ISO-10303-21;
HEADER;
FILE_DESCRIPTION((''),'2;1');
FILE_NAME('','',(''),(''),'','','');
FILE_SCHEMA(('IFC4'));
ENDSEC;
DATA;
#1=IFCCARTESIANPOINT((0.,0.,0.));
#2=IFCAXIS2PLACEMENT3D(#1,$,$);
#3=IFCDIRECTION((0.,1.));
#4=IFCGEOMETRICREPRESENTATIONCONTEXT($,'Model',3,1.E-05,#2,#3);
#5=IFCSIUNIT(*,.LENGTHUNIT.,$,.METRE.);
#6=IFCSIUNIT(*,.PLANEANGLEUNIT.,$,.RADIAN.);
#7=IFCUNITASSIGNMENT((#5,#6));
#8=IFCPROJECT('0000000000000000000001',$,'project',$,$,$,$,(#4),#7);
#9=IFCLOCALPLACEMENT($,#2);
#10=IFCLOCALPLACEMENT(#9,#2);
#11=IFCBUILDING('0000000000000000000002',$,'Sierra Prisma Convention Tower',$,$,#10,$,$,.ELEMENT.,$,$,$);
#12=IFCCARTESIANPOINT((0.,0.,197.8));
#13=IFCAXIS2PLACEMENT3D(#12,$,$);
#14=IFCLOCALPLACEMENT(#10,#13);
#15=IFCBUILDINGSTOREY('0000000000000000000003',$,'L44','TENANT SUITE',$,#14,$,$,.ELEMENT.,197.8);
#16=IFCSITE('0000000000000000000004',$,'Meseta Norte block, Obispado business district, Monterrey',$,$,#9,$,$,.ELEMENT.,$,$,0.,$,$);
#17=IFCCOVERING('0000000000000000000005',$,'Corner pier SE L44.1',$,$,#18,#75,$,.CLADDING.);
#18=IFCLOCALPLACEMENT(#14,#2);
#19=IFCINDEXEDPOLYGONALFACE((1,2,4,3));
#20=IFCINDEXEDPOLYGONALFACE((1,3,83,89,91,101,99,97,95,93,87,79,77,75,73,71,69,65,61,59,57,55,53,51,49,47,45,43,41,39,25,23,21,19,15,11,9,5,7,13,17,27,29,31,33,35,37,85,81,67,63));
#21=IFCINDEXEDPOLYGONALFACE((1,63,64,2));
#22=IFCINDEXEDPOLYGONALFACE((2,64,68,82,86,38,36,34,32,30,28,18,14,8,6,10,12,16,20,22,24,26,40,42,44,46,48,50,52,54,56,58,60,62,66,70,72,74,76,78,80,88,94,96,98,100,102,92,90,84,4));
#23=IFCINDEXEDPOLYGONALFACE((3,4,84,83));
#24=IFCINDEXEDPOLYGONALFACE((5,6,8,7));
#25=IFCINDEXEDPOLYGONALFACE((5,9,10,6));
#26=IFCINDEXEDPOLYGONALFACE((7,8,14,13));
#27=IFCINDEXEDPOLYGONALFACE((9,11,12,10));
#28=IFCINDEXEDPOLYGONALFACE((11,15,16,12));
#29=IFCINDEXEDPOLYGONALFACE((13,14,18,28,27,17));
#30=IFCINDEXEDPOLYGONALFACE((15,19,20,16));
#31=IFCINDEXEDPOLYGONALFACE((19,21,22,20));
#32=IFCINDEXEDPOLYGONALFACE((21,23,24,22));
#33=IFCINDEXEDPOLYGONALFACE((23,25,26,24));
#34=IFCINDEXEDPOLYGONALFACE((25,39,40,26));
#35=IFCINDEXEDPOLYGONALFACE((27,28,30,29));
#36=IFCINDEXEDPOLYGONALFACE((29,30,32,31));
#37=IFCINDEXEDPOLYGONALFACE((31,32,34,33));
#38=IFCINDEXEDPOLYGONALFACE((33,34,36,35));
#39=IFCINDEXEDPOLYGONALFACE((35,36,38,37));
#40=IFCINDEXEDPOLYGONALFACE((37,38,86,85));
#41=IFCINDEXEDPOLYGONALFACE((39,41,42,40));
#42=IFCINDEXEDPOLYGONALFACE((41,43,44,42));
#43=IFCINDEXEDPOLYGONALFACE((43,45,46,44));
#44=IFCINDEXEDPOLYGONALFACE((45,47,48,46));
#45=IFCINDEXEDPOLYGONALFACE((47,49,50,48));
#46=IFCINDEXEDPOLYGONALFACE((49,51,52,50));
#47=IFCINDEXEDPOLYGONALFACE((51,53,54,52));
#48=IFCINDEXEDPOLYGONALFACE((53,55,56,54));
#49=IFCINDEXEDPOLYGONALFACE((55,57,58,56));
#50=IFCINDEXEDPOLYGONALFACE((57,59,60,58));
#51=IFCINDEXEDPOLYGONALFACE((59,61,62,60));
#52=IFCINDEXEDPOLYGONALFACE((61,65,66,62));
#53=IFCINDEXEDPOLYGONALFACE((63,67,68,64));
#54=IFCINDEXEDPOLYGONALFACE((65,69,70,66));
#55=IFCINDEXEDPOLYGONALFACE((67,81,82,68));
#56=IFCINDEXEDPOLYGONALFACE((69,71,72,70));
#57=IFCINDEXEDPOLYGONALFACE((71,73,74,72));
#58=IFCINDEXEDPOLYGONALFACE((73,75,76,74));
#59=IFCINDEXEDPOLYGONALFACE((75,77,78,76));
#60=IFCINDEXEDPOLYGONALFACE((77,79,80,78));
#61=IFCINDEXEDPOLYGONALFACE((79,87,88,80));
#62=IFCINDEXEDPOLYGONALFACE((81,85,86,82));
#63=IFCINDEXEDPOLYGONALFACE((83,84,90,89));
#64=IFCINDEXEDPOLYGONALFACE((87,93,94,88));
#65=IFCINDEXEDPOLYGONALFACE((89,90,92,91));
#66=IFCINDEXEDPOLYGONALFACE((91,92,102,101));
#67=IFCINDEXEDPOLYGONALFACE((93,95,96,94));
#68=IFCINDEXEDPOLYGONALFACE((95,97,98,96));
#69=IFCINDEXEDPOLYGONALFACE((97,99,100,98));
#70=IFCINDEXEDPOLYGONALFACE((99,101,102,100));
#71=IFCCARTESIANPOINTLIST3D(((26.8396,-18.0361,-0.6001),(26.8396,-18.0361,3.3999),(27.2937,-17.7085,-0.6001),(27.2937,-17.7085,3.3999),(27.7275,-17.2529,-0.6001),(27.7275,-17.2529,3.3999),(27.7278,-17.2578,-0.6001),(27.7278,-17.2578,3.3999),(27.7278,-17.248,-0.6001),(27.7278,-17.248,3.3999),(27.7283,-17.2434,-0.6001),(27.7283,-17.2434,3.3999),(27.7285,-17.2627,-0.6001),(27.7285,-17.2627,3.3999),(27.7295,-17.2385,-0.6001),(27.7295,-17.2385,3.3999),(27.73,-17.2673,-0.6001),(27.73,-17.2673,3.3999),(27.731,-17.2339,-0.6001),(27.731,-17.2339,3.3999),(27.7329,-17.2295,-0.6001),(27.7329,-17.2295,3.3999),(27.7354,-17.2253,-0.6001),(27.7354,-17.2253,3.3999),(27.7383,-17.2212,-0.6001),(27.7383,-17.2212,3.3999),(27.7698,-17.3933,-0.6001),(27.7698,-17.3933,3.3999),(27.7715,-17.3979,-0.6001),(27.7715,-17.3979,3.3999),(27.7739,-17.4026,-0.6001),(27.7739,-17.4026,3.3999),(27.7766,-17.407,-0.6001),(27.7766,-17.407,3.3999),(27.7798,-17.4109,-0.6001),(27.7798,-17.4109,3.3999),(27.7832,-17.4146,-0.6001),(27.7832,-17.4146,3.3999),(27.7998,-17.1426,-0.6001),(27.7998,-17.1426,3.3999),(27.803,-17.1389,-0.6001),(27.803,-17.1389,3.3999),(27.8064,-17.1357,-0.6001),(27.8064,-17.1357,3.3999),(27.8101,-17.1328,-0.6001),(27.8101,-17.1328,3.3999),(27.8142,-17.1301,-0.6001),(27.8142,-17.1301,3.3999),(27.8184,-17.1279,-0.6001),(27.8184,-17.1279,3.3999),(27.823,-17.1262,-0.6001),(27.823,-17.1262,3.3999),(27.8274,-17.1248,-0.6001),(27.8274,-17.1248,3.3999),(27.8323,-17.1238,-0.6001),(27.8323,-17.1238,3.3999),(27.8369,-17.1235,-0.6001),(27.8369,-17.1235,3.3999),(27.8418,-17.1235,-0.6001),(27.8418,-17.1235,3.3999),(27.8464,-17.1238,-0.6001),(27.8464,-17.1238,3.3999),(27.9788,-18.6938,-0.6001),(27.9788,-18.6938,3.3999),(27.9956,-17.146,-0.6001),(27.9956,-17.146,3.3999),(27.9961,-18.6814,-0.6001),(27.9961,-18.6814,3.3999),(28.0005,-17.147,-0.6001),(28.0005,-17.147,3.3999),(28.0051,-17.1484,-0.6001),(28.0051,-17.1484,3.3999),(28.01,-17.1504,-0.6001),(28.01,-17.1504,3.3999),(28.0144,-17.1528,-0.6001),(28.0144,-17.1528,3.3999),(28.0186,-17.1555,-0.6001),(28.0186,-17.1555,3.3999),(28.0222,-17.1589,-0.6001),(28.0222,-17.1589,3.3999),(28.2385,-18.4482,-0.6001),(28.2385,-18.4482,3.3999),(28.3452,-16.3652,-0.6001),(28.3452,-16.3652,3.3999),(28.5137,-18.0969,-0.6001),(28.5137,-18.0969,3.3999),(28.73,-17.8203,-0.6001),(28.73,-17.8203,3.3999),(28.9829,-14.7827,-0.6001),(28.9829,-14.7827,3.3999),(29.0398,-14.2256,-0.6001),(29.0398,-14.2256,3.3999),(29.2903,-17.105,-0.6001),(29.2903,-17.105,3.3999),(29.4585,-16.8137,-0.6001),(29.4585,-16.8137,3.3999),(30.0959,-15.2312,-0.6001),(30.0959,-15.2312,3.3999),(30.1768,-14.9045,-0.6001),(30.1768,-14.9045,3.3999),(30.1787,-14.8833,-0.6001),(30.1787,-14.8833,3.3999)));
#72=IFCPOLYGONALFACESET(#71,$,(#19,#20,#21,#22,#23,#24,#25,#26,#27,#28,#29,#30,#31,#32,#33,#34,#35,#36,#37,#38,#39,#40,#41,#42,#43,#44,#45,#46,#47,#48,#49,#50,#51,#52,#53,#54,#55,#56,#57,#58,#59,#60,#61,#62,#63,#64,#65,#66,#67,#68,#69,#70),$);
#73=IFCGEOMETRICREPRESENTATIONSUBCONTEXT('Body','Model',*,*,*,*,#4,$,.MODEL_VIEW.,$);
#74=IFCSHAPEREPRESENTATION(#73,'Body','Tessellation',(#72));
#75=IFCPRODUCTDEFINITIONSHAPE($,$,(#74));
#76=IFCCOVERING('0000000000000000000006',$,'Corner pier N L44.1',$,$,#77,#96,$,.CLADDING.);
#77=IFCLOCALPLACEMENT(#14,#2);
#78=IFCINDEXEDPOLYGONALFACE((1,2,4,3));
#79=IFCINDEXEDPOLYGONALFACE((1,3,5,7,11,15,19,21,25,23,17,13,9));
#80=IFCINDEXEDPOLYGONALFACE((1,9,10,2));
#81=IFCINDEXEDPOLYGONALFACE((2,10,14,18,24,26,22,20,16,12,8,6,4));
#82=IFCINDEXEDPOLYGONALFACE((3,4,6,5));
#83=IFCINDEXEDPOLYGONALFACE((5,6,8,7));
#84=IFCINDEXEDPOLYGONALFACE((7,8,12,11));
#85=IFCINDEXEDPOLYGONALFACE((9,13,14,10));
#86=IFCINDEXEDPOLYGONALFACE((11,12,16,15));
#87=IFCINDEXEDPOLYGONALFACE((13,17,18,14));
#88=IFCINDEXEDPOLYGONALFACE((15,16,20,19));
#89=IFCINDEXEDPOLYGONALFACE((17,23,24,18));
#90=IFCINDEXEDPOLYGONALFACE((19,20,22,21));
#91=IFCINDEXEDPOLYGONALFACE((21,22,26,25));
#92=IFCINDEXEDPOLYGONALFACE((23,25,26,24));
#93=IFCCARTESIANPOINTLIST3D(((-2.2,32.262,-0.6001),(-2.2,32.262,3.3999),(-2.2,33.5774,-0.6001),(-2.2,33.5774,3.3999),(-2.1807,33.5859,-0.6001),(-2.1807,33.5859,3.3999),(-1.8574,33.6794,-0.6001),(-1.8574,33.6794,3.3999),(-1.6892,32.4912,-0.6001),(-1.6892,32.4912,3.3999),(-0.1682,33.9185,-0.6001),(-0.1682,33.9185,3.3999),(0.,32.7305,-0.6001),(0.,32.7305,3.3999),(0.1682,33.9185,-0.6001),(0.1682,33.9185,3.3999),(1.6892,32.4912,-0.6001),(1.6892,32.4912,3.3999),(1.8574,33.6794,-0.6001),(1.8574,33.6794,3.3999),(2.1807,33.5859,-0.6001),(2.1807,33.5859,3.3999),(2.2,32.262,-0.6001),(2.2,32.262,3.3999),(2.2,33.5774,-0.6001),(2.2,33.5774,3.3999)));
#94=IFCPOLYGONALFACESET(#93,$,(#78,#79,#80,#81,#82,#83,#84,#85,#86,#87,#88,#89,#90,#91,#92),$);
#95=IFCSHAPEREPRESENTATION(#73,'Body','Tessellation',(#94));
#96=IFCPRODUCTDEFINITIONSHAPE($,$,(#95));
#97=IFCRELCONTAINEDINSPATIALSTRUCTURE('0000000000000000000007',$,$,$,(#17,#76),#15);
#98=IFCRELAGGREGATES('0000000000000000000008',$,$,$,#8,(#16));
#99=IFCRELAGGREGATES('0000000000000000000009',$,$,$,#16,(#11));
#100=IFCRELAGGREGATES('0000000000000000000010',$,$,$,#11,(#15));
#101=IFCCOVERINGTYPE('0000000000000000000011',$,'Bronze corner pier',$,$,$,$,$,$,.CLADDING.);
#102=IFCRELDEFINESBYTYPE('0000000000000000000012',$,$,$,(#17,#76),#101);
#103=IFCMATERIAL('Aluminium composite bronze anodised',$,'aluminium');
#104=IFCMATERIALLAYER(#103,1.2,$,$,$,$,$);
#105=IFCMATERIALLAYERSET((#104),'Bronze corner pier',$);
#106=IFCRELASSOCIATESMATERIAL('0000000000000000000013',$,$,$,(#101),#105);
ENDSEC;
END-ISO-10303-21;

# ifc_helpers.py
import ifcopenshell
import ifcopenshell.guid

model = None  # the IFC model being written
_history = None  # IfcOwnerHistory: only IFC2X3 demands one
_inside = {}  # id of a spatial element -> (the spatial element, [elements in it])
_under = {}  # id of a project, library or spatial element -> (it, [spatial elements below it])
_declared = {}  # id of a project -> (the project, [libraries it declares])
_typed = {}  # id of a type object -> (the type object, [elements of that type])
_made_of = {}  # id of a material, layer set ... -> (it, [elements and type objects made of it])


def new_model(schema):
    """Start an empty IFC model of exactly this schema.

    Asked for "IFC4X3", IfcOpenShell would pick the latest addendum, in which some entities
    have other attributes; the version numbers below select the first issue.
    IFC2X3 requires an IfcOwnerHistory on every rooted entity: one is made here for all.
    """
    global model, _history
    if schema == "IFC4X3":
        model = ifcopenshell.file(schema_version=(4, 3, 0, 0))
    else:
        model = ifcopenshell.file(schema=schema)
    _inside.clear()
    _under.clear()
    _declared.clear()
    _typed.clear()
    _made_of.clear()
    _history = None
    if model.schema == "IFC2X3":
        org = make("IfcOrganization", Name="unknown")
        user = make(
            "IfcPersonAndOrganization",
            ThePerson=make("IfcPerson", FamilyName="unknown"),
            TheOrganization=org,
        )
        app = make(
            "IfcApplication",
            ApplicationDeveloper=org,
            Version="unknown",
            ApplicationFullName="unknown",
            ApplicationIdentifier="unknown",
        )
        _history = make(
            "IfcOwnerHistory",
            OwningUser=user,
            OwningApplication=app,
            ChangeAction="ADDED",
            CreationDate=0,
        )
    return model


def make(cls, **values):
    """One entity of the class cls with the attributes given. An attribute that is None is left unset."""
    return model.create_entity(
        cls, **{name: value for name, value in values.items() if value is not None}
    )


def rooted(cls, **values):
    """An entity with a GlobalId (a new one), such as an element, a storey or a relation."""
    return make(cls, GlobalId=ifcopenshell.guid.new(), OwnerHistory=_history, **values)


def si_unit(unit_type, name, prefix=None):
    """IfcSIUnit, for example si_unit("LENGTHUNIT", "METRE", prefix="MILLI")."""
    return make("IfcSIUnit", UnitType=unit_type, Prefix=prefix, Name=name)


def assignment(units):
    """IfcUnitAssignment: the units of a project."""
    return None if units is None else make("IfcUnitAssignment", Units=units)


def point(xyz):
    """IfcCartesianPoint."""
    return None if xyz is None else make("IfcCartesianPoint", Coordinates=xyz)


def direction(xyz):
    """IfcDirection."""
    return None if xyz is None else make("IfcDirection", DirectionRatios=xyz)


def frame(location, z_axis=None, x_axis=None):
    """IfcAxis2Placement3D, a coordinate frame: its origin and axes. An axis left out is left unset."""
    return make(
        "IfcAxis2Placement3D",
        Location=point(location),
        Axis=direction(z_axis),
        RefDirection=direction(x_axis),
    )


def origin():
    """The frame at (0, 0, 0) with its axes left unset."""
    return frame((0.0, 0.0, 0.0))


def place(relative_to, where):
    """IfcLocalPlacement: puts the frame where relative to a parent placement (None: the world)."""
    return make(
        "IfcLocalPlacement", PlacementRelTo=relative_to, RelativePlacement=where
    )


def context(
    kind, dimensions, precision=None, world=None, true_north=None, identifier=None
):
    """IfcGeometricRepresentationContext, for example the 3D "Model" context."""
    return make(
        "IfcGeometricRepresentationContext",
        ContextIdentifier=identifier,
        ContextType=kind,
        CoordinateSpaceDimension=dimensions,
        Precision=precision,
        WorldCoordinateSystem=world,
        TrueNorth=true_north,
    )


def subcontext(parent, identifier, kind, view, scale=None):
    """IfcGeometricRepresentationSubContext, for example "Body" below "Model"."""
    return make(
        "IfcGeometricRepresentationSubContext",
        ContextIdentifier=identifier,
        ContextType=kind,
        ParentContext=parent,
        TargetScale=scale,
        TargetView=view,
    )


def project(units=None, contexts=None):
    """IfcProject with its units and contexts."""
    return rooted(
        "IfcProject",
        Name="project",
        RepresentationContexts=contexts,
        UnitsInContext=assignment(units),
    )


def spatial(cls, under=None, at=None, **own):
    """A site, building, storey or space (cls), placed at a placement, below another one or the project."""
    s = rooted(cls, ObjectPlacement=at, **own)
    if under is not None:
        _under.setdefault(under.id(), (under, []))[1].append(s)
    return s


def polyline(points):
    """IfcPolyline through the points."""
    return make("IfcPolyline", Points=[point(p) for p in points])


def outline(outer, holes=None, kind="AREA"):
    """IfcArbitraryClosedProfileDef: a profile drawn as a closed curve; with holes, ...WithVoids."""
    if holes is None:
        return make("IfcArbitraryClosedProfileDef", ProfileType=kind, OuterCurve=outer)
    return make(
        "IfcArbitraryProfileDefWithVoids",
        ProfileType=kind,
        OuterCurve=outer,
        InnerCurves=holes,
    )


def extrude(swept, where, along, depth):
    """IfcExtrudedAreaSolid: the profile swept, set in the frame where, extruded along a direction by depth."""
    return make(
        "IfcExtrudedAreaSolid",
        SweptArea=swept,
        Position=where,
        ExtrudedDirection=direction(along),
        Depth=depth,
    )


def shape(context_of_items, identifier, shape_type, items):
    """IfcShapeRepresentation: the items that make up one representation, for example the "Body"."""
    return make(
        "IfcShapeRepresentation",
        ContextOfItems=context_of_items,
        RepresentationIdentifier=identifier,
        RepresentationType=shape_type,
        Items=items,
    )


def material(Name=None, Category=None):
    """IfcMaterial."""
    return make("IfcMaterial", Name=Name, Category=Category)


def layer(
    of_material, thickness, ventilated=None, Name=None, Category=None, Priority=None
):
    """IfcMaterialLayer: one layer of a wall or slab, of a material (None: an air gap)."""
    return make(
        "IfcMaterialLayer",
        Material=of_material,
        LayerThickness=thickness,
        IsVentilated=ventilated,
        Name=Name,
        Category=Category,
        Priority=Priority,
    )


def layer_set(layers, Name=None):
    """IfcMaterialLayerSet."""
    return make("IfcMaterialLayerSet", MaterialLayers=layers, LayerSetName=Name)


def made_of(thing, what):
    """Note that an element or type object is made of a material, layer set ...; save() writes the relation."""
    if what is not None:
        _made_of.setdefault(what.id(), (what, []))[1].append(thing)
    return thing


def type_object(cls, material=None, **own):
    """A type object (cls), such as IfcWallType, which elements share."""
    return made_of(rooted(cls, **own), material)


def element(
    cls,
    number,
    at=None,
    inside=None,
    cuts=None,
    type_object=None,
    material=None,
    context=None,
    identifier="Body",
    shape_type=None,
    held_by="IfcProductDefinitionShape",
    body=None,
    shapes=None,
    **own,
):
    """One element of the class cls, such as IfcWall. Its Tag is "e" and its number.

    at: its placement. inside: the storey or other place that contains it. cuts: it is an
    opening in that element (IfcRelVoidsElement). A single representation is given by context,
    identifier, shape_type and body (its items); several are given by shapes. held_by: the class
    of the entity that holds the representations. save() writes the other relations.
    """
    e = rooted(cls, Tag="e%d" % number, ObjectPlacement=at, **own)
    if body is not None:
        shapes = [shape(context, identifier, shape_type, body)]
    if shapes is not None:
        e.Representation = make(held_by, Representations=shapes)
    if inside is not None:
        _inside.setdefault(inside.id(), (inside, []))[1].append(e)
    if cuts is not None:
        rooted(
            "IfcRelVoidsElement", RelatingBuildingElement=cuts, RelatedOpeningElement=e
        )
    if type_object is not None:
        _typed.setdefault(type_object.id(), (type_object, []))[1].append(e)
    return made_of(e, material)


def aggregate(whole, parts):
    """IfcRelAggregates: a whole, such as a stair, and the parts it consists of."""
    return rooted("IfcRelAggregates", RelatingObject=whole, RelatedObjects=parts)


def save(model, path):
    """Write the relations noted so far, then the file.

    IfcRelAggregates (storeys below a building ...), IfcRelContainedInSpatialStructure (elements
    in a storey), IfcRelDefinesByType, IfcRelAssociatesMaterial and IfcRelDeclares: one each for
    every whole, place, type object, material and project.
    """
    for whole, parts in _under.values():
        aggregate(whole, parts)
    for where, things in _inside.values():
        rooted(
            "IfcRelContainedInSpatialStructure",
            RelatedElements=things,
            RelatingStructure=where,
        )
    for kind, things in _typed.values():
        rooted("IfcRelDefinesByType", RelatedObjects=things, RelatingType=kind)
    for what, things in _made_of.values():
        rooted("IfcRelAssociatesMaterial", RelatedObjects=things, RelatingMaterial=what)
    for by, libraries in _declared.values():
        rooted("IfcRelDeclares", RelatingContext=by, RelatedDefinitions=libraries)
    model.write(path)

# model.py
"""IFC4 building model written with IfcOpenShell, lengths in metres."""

from ifc_helpers import new_model, si_unit, direction, frame, origin, place, context, subcontext, project, spatial, polyline, outline, extrude, material, layer, layer_set, type_object, element, save


model = new_model("IFC4")

# Units and contexts
model_context = context("Model", 3, precision=1e-05, world=origin(), true_north=direction((0.0, 1.0)))
body_context = subcontext(model_context, "Body", "Model", "MODEL_VIEW")
ifc_project = project(units=[si_unit("LENGTHUNIT", "METRE"), si_unit("PLANEANGLEUNIT", "RADIAN")], contexts=[model_context])

# Site, building, storey
site_placement = place(None, origin())
site = spatial("IfcSite", under=ifc_project, at=site_placement, Name="Meseta Norte block, Obispado business district, Monterrey", CompositionType="ELEMENT", RefElevation=0.0)
building_placement = place(site_placement, origin())
building = spatial("IfcBuilding", under=site, at=building_placement, Name="Sierra Prisma Convention Tower", CompositionType="ELEMENT")
storey_placement = place(building_placement, frame((0.0, 0.0, 197.8)))
storey = spatial("IfcBuildingStorey", under=building, at=storey_placement, Name="L44", Description="TENANT SUITE", CompositionType="ELEMENT", Elevation=197.8)

# Coverings
ifc_material_1 = material(Name="Aluminium composite bronze anodised", Category="aluminium")
ifc_layer_1 = layer(ifc_material_1, 1.2)
ifc_layer_set_1 = layer_set([ifc_layer_1], Name="Bronze corner pier")
covering_type_1 = type_object("IfcCoveringType", Name="Bronze corner pier", PredefinedType="CLADDING", material=ifc_layer_set_1)
covering_1_placement = place(storey_placement, frame((0.0, 0.0, -0.6001)))
element("IfcCovering", 1, at=covering_1_placement, inside=storey, type_object=covering_type_1, Name="Corner pier SE L44.1", PredefinedType="CLADDING", context=body_context, shape_type="SweptSolid", body=[
    extrude(outline(polyline([(29.2903, -17.105), (28.73, -17.8203), (28.0222, -17.1589), (28.0186, -17.1555), (28.0144, -17.1528), (28.01, -17.1504), (28.0051, -17.1484), (28.0005, -17.147), (27.9956, -17.146), (27.8464, -17.1238), (27.8418, -17.1235), (27.8369, -17.1235), (27.8323, -17.1238), (27.8274, -17.1248), (27.823, -17.1262), (27.8184, -17.1279), (27.8142, -17.1301), (27.8101, -17.1328), (27.8064, -17.1357), (27.803, -17.1389), (27.7998, -17.1426), (27.7383, -17.2212), (27.7354, -17.2253), (27.7329, -17.2295), (27.731, -17.2339), (27.7295, -17.2385), (27.7283, -17.2434), (27.7278, -17.248), (27.7275, -17.2529), (27.7278, -17.2578), (27.7285, -17.2627), (27.73, -17.2673), (27.7698, -17.3933), (27.7715, -17.3979), (27.7739, -17.4026), (27.7766, -17.407), (27.7798, -17.4109), (27.7832, -17.4146), (28.5137, -18.0969), (28.2385, -18.4482), (27.9961, -18.6814), (27.9788, -18.6938), (26.8396, -18.0361), (27.2937, -17.7085), (28.3452, -16.3652), (28.9829, -14.7827), (29.0398, -14.2256), (30.1787, -14.8833), (30.1768, -14.9045), (30.0959, -15.2312), (29.4585, -16.8137), (29.2903, -17.105)])), origin(), (0.0, 0.0, 1.0), 4.0),
])
covering_2_placement = place(storey_placement, frame((0.0, 0.0, -0.6001)))
element("IfcCovering", 2, at=covering_2_placement, inside=storey, type_object=covering_type_1, Name="Corner pier N L44.1", PredefinedType="CLADDING", context=body_context, shape_type="SweptSolid", body=[
    extrude(outline(polyline([(0.1682, 33.9185), (1.8574, 33.6794), (2.1807, 33.5859), (2.2, 33.5774), (2.2, 32.262), (1.6892, 32.4912), (0.0, 32.7305), (-1.6892, 32.4912), (-2.2, 32.262), (-2.2, 33.5774), (-2.1807, 33.5859), (-1.8574, 33.6794), (-0.1682, 33.9185), (0.1682, 33.9185)])), origin(), (0.0, 0.0, 1.0), 4.0),
])

save(model, "model.ifc")
